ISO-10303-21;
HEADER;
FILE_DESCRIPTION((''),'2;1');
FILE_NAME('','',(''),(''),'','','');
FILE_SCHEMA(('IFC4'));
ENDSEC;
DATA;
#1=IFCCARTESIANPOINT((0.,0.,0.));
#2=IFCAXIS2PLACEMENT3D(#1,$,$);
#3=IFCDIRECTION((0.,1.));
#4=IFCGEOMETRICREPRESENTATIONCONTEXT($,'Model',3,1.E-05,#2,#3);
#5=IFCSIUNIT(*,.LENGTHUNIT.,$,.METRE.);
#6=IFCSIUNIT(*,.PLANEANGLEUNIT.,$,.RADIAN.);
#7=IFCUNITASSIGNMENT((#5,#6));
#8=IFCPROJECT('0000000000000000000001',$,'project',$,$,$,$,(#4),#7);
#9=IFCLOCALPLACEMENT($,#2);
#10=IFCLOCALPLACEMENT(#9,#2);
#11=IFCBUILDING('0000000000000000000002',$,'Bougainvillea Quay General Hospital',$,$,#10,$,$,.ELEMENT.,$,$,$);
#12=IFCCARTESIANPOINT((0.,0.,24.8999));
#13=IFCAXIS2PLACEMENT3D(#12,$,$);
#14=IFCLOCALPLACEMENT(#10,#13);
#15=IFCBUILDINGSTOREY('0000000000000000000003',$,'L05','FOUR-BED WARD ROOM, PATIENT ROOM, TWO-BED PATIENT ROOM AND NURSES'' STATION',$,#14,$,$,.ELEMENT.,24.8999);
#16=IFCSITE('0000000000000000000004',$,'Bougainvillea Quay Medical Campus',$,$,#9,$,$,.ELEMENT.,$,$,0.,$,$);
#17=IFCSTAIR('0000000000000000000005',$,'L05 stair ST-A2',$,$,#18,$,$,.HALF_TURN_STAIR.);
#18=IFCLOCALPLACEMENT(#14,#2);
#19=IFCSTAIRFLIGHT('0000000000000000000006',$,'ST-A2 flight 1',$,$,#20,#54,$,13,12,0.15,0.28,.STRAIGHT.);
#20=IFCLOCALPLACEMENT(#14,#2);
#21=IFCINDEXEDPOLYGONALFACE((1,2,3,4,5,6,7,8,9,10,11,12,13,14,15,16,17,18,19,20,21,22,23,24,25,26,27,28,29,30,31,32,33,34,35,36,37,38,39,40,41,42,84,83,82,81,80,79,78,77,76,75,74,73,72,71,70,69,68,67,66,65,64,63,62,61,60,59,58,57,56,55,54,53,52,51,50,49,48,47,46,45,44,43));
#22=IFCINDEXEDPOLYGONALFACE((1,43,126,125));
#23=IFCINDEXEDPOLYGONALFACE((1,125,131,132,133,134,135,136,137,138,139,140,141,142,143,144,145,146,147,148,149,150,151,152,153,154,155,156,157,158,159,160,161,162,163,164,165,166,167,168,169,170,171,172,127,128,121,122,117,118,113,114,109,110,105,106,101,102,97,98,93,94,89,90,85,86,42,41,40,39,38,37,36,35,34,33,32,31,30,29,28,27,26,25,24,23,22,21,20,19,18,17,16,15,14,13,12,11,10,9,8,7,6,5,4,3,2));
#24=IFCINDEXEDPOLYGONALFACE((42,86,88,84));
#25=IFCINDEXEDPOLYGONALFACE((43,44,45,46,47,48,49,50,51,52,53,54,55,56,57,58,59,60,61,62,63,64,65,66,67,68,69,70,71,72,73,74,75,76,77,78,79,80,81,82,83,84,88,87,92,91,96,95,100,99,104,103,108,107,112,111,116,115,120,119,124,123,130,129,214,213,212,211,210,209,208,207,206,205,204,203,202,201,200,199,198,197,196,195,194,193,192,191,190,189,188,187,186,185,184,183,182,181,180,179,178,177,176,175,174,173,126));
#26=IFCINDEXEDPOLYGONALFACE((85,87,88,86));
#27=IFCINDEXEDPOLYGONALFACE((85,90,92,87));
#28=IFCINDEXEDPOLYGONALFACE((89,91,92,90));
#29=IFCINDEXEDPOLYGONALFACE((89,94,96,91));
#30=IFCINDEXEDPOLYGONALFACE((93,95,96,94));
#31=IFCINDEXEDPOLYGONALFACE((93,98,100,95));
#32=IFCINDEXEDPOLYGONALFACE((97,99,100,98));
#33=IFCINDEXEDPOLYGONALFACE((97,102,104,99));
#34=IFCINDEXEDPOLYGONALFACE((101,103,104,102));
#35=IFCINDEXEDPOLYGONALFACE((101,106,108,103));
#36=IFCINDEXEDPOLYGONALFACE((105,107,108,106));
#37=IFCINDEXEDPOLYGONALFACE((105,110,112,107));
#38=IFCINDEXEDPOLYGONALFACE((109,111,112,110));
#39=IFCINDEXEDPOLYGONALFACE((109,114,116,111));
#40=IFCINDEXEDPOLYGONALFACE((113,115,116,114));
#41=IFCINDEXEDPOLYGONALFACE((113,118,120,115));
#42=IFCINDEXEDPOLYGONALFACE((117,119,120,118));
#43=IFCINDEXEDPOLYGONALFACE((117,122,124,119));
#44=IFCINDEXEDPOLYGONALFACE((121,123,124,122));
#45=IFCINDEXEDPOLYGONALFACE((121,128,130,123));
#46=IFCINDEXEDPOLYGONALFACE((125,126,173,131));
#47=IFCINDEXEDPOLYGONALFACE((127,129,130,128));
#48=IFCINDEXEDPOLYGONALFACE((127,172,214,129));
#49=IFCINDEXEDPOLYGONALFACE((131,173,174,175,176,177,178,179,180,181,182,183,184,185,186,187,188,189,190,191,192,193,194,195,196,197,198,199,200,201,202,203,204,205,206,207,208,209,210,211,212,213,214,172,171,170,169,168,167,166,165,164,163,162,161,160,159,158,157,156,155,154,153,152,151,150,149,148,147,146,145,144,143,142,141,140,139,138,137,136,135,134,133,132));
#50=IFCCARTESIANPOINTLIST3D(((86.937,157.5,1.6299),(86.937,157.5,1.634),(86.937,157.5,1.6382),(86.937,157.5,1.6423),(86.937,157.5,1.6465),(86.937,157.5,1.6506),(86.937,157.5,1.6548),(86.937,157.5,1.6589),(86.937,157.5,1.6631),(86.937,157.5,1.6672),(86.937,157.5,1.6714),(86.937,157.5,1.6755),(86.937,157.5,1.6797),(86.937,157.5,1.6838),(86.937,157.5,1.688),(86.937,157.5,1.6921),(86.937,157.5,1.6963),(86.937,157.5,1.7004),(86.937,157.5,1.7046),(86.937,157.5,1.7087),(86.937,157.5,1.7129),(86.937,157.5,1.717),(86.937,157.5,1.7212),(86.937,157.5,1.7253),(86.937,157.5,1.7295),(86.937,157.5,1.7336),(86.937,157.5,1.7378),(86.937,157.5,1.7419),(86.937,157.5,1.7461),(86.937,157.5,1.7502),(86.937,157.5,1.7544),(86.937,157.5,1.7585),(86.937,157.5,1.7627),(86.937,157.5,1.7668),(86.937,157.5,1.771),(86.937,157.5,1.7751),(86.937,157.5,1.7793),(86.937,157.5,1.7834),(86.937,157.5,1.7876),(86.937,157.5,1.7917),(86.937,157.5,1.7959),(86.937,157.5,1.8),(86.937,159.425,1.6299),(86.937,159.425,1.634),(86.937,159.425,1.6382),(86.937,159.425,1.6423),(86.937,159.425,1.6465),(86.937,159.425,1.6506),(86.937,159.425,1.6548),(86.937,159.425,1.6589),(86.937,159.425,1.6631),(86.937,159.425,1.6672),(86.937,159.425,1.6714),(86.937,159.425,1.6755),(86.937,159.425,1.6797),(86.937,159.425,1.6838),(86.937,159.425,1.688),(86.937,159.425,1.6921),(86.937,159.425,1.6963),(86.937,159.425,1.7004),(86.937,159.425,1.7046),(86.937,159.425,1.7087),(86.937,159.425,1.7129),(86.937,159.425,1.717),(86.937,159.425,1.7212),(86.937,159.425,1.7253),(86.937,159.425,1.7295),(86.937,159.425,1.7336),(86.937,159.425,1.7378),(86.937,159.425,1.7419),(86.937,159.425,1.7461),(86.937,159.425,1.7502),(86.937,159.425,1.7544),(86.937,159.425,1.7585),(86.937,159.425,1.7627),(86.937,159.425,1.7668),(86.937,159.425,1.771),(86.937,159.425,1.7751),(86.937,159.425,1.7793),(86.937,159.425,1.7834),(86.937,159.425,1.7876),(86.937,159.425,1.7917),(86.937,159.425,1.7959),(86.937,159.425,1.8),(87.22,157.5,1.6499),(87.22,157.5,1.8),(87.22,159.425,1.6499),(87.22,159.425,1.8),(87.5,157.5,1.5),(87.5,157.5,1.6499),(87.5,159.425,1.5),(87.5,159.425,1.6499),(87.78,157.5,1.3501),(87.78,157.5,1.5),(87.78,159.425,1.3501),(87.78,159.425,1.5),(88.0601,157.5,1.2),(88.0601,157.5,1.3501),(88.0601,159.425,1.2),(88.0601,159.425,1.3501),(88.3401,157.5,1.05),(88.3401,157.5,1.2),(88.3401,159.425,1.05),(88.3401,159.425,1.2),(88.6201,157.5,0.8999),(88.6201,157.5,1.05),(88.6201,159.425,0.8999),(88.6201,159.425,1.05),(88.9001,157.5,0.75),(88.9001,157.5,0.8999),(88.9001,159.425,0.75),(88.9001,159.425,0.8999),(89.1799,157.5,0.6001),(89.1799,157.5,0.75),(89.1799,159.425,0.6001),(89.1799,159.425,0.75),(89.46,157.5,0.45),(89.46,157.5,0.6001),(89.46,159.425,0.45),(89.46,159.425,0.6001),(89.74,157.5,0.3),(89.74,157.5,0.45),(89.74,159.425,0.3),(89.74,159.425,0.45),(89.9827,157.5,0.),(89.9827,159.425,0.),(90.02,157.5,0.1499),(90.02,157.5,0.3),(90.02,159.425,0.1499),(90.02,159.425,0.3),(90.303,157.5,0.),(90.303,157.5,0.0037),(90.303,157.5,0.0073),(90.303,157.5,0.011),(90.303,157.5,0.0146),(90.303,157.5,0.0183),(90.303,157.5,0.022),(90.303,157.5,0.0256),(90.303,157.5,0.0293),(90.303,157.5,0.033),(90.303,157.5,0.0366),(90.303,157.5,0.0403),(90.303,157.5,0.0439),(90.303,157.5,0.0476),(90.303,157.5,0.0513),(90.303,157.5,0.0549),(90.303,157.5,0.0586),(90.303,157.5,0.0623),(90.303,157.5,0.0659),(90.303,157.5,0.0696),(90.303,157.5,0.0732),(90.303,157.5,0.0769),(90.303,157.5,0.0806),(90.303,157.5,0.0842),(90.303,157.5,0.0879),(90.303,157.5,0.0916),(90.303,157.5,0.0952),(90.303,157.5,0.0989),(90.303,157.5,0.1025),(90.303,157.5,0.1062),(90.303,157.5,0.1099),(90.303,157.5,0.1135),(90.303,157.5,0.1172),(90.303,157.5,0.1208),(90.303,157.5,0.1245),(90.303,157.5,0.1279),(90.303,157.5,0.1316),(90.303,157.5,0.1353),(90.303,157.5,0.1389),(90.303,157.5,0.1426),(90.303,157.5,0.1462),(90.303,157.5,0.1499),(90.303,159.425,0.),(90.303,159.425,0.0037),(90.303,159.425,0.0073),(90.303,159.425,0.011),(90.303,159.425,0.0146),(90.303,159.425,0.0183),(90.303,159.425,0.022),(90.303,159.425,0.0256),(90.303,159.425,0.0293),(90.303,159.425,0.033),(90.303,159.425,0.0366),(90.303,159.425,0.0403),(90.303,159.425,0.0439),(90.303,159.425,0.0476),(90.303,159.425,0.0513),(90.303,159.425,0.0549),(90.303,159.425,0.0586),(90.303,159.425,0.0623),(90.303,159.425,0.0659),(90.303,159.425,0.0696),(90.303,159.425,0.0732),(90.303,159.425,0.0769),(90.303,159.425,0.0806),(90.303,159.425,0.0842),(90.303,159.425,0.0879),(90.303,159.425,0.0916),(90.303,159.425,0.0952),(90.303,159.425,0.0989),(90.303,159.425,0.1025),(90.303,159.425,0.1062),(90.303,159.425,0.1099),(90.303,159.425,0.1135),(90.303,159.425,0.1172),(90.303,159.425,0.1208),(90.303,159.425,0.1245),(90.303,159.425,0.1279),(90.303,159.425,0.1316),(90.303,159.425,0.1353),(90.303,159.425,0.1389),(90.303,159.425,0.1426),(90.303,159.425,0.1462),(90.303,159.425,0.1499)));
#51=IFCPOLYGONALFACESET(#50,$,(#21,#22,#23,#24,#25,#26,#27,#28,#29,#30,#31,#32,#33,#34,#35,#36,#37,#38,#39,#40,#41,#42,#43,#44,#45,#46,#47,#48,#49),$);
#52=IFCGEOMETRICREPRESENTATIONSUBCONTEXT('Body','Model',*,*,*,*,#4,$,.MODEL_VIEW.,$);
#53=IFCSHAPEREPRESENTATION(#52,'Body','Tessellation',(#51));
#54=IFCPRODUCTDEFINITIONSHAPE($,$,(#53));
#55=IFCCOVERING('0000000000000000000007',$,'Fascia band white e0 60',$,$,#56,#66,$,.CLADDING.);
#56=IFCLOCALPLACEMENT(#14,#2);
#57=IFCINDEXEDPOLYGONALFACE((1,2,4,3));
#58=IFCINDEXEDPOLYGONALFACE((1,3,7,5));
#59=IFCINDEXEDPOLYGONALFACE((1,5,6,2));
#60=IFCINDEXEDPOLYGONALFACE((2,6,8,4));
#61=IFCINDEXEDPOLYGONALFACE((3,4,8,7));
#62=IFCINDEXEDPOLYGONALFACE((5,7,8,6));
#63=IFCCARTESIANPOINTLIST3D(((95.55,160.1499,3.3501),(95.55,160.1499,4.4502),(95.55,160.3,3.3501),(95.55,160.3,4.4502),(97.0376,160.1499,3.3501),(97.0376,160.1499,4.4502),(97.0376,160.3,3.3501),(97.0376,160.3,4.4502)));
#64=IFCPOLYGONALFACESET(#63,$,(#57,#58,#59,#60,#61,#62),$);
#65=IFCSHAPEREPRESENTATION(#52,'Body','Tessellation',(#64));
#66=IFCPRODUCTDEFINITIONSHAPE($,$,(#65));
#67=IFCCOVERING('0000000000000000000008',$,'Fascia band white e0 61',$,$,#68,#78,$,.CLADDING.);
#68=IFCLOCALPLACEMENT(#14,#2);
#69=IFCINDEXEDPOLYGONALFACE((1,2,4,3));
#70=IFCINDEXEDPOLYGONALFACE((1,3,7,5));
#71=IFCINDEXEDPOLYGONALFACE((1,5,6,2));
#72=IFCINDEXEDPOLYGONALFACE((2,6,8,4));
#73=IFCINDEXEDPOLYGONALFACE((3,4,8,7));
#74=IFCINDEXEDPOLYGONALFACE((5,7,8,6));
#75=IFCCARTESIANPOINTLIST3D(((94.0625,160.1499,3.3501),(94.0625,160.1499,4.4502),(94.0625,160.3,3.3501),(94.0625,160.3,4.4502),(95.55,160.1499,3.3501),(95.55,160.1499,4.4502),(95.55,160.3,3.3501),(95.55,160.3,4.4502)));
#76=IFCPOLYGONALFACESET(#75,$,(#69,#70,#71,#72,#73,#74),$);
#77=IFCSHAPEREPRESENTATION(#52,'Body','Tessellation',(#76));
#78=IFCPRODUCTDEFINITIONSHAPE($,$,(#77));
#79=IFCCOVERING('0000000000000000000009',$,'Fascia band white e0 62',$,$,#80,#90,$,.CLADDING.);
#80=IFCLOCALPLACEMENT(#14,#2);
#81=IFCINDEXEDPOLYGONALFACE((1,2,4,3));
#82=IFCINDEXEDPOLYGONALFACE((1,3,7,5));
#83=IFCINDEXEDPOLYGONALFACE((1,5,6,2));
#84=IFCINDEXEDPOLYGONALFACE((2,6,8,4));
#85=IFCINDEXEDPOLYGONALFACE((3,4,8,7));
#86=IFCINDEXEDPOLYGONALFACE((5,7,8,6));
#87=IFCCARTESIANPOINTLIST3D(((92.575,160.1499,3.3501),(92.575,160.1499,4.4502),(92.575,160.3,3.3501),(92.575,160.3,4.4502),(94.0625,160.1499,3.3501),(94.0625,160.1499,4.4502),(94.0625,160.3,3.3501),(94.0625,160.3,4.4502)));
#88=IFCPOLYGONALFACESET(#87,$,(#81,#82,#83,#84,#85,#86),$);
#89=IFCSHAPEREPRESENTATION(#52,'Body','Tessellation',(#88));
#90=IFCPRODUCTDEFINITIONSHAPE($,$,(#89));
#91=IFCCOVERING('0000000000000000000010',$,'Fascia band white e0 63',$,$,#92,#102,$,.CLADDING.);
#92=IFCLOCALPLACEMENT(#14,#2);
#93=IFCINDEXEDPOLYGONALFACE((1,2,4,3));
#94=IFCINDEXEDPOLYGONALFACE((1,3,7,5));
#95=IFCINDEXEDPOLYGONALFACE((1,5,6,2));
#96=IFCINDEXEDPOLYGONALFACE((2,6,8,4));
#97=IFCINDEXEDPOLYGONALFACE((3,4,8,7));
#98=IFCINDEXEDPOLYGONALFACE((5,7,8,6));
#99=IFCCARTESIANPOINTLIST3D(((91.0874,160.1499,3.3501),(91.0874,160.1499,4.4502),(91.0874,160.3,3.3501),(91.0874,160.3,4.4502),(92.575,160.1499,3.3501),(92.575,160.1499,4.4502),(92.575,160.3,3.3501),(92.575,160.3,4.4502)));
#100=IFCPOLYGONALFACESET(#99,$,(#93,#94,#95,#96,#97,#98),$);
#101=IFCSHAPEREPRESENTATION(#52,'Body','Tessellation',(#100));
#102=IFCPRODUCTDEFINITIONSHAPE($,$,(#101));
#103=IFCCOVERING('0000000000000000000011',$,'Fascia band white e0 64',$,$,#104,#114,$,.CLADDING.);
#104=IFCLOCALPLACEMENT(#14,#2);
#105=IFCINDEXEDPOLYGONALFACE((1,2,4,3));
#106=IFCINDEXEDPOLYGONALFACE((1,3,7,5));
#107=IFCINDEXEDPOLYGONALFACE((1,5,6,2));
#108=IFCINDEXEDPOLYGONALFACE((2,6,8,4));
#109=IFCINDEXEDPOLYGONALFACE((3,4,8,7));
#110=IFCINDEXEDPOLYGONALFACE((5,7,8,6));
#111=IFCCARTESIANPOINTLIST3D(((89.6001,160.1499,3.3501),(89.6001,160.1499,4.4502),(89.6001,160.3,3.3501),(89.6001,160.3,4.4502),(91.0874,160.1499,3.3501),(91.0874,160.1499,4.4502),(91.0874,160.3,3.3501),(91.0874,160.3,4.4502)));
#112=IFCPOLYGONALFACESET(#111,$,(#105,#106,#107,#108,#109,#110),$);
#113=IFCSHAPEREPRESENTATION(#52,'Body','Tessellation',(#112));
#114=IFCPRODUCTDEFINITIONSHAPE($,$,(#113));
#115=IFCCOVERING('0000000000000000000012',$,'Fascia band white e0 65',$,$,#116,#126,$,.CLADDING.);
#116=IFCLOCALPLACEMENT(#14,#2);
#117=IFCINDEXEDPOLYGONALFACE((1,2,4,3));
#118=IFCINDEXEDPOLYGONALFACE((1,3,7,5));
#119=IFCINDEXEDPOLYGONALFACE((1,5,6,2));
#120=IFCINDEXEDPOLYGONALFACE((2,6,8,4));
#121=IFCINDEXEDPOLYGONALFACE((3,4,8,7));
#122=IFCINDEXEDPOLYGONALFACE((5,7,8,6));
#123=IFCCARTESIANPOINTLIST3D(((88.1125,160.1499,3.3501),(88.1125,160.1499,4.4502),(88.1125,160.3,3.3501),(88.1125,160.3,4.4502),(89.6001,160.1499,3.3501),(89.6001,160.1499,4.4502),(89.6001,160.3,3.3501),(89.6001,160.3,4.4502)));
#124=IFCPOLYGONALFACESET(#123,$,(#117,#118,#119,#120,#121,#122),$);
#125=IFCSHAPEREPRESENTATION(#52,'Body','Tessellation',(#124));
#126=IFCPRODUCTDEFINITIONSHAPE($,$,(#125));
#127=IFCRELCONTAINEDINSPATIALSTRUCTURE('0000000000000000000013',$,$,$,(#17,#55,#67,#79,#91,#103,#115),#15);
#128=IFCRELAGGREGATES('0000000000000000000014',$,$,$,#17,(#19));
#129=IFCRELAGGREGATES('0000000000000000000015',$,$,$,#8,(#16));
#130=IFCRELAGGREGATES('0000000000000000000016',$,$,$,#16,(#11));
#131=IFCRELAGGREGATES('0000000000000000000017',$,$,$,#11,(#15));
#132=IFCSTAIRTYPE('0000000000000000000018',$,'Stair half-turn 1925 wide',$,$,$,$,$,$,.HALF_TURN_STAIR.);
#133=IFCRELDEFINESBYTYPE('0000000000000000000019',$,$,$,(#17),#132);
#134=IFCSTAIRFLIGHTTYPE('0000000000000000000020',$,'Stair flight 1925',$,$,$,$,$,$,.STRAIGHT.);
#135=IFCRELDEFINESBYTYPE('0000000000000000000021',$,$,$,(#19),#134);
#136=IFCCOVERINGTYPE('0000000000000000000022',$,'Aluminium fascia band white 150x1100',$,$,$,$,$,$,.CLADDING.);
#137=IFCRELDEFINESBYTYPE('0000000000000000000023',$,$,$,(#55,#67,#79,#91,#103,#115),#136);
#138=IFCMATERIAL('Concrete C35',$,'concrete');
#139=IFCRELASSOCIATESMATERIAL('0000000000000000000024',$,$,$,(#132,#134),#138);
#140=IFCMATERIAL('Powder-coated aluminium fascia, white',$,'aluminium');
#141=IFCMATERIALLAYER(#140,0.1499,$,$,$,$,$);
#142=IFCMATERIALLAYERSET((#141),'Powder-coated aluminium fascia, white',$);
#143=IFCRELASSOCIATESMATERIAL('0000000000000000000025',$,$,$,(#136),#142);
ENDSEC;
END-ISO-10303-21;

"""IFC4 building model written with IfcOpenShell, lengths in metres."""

from ifc_helpers import new_model, si_unit, direction, frame, origin, place, context, subcontext, project, spatial, polyline, outline, extrude, material, layer, layer_set, type_object, element, aggregate, save


model = new_model("IFC4")

# Units and contexts
model_context = context("Model", 3, precision=1e-05, world=origin(), true_north=direction((0.0, 1.0)))
body_context = subcontext(model_context, "Body", "Model", "MODEL_VIEW")
ifc_project = project(units=[si_unit("LENGTHUNIT", "METRE"), si_unit("PLANEANGLEUNIT", "RADIAN")], contexts=[model_context])

# Site, building, storey
site_placement = place(None, origin())
site = spatial("IfcSite", under=ifc_project, at=site_placement, Name="Bougainvillea Quay Medical Campus", CompositionType="ELEMENT", RefElevation=0.0)
building_placement = place(site_placement, origin())
building = spatial("IfcBuilding", under=site, at=building_placement, Name="Bougainvillea Quay General Hospital", CompositionType="ELEMENT")
storey_placement = place(building_placement, frame((0.0, 0.0, 24.8999)))
storey = spatial("IfcBuildingStorey", under=building, at=storey_placement, Name="L05", Description="FOUR-BED WARD ROOM, PATIENT ROOM, TWO-BED PATIENT ROOM AND NURSES' STATION", CompositionType="ELEMENT", Elevation=24.8999)

# Stair, stair flight
ifc_material_1 = material(Name="Concrete C35", Category="concrete")
stair_type = type_object("IfcStairType", Name="Stair half-turn 1925 wide", PredefinedType="HALF_TURN_STAIR", material=ifc_material_1)
stair_placement = place(storey_placement, origin())
stair = element("IfcStair", 1, at=stair_placement, inside=storey, type_object=stair_type, Name="L05 stair ST-A2", PredefinedType="HALF_TURN_STAIR")
stair_flight_type = type_object("IfcStairFlightType", Name="Stair flight 1925", PredefinedType="STRAIGHT", material=ifc_material_1)
stair_flight_placement = place(storey_placement, frame((90.3, 158.4624, 0.0), z_axis=(0.0, 0.0, 1.0), x_axis=(-1.0, 0.0, 0.0)))
stair_flight = element("IfcStairFlight", 2, at=stair_flight_placement, type_object=stair_flight_type, Name="ST-A2 flight 1", NumberOfRisers=13, NumberOfTreads=12, PredefinedType="STRAIGHT", RiserHeight=0.15, TreadLength=0.28, context=body_context, shape_type="SweptSolid", body=[
    extrude(outline(polyline([(-0.0029, 0.0), (-0.0029, 0.0037), (-0.0029, 0.0073), (-0.0029, 0.011), (-0.0029, 0.0146), (-0.0029, 0.0183), (-0.0029, 0.022), (-0.0029, 0.0256), (-0.0029, 0.0293), (-0.0029, 0.033), (-0.0029, 0.0366), (-0.0029, 0.0403), (-0.0029, 0.0439), (-0.0029, 0.0476), (-0.0029, 0.0513), (-0.0029, 0.0549), (-0.0029, 0.0586), (-0.0029, 0.0623), (-0.0029, 0.0659), (-0.0029, 0.0696), (-0.0029, 0.0732), (-0.0029, 0.0769), (-0.0029, 0.0806), (-0.0029, 0.0842), (-0.0029, 0.0879), (-0.0029, 0.0916), (-0.0029, 0.0952), (-0.0029, 0.0989), (-0.0029, 0.1025), (-0.0029, 0.1062), (-0.0029, 0.1099), (-0.0029, 0.1135), (-0.0029, 0.1172), (-0.0029, 0.1208), (-0.0029, 0.1245), (-0.0029, 0.1279), (-0.0029, 0.1316), (-0.0029, 0.1353), (-0.0029, 0.1389), (-0.0029, 0.1426), (-0.0029, 0.1462), (-0.0029, 0.1499), (0.28, 0.1499), (0.28, 0.3), (0.5601, 0.3), (0.5601, 0.45), (0.8401, 0.45), (0.8401, 0.6001), (1.1201, 0.6001), (1.1201, 0.75), (1.3999, 0.75), (1.3999, 0.8999), (1.6799, 0.8999), (1.6799, 1.05), (1.96, 1.05), (1.96, 1.2), (2.24, 1.2), (2.24, 1.3501), (2.52, 1.3501), (2.52, 1.5), (2.8, 1.5), (2.8, 1.6499), (3.0801, 1.6499), (3.0801, 1.8), (3.363, 1.8), (3.363, 1.7959), (3.363, 1.7917), (3.363, 1.7876), (3.363, 1.7834), (3.363, 1.7793), (3.363, 1.7751), (3.363, 1.771), (3.363, 1.7668), (3.363, 1.7627), (3.363, 1.7585), (3.363, 1.7544), (3.363, 1.7502), (3.363, 1.7461), (3.363, 1.7419), (3.363, 1.7378), (3.363, 1.7336), (3.363, 1.7295), (3.363, 1.7253), (3.363, 1.7212), (3.363, 1.717), (3.363, 1.7129), (3.363, 1.7087), (3.363, 1.7046), (3.363, 1.7004), (3.363, 1.6963), (3.363, 1.6921), (3.363, 1.688), (3.363, 1.6838), (3.363, 1.6797), (3.363, 1.6755), (3.363, 1.6714), (3.363, 1.6672), (3.363, 1.6631), (3.363, 1.6589), (3.363, 1.6548), (3.363, 1.6506), (3.363, 1.6465), (3.363, 1.6423), (3.363, 1.6382), (3.363, 1.634), (3.363, 1.6299), (0.3174, 0.0), (-0.0029, 0.0)])), frame((0.0, 0.9624, 0.0), z_axis=(0.0, -1.0, 0.0), x_axis=(1.0, 0.0, 0.0)), (0.0, 0.0, 1.0), 1.925),
])
aggregate(stair, [stair_flight])

# Coverings
ifc_material_2 = material(Name="Powder-coated aluminium fascia, white", Category="aluminium")
ifc_layer_1 = layer(ifc_material_2, 0.1499)
ifc_layer_set_1 = layer_set([ifc_layer_1], Name="Powder-coated aluminium fascia, white")
covering_type = type_object("IfcCoveringType", Name="Aluminium fascia band white 150x1100", PredefinedType="CLADDING", material=ifc_layer_set_1)
for number, where, z_axis, x_axis, name in (
    (3, (97.0376, 160.1499, 3.3501), (0.0, 0.0, 1.0), (-1.0, 0.0, 0.0), "Fascia band white e0 60"),
    (4, (95.55, 160.1499, 3.3501), (0.0, 0.0, 1.0), (-1.0, 0.0, 0.0), "Fascia band white e0 61"),
    (5, (94.0625, 160.1499, 3.3501), (0.0, 0.0, 1.0), (-1.0, 0.0, 0.0), "Fascia band white e0 62"),
    (6, (92.575, 160.1499, 3.3501), (0.0, 0.0, 1.0), (-1.0, 0.0, 0.0), "Fascia band white e0 63"),
):
    element("IfcCovering", number, at=place(storey_placement, frame(where, z_axis=z_axis, x_axis=x_axis)), inside=storey, type_object=covering_type, Name=name, PredefinedType="CLADDING", context=body_context, shape_type="SweptSolid", body=[
        extrude(outline(polyline([(0.0, 0.0), (1.4875, 0.0), (1.4875, -0.1501), (0.0, -0.1501), (0.0, 0.0)])), origin(), (0.0, 0.0, 1.0), 1.1001),
    ])
covering_1_placement = place(storey_placement, frame((91.0874, 160.1499, 3.3501), z_axis=(0.0, 0.0, 1.0), x_axis=(-1.0, 0.0, 0.0)))
element("IfcCovering", 7, at=covering_1_placement, inside=storey, type_object=covering_type, Name="Fascia band white e0 64", PredefinedType="CLADDING", context=body_context, shape_type="SweptSolid", body=[
    extrude(outline(polyline([(0.0, 0.0), (1.4873, 0.0), (1.4873, -0.1501), (0.0, -0.1501), (0.0, 0.0)])), origin(), (0.0, 0.0, 1.0), 1.1001),
])
covering_2_placement = place(storey_placement, frame((89.6001, 160.1499, 3.3501), z_axis=(0.0, 0.0, 1.0), x_axis=(-1.0, 0.0, 0.0)))
element("IfcCovering", 8, at=covering_2_placement, inside=storey, type_object=covering_type, Name="Fascia band white e0 65", PredefinedType="CLADDING", context=body_context, shape_type="SweptSolid", body=[
    extrude(outline(polyline([(0.0, 0.0), (1.4875, 0.0), (1.4875, -0.1501), (0.0, -0.1501), (0.0, 0.0)])), origin(), (0.0, 0.0, 1.0), 1.1001),
])

save(model, "model.ifc")
